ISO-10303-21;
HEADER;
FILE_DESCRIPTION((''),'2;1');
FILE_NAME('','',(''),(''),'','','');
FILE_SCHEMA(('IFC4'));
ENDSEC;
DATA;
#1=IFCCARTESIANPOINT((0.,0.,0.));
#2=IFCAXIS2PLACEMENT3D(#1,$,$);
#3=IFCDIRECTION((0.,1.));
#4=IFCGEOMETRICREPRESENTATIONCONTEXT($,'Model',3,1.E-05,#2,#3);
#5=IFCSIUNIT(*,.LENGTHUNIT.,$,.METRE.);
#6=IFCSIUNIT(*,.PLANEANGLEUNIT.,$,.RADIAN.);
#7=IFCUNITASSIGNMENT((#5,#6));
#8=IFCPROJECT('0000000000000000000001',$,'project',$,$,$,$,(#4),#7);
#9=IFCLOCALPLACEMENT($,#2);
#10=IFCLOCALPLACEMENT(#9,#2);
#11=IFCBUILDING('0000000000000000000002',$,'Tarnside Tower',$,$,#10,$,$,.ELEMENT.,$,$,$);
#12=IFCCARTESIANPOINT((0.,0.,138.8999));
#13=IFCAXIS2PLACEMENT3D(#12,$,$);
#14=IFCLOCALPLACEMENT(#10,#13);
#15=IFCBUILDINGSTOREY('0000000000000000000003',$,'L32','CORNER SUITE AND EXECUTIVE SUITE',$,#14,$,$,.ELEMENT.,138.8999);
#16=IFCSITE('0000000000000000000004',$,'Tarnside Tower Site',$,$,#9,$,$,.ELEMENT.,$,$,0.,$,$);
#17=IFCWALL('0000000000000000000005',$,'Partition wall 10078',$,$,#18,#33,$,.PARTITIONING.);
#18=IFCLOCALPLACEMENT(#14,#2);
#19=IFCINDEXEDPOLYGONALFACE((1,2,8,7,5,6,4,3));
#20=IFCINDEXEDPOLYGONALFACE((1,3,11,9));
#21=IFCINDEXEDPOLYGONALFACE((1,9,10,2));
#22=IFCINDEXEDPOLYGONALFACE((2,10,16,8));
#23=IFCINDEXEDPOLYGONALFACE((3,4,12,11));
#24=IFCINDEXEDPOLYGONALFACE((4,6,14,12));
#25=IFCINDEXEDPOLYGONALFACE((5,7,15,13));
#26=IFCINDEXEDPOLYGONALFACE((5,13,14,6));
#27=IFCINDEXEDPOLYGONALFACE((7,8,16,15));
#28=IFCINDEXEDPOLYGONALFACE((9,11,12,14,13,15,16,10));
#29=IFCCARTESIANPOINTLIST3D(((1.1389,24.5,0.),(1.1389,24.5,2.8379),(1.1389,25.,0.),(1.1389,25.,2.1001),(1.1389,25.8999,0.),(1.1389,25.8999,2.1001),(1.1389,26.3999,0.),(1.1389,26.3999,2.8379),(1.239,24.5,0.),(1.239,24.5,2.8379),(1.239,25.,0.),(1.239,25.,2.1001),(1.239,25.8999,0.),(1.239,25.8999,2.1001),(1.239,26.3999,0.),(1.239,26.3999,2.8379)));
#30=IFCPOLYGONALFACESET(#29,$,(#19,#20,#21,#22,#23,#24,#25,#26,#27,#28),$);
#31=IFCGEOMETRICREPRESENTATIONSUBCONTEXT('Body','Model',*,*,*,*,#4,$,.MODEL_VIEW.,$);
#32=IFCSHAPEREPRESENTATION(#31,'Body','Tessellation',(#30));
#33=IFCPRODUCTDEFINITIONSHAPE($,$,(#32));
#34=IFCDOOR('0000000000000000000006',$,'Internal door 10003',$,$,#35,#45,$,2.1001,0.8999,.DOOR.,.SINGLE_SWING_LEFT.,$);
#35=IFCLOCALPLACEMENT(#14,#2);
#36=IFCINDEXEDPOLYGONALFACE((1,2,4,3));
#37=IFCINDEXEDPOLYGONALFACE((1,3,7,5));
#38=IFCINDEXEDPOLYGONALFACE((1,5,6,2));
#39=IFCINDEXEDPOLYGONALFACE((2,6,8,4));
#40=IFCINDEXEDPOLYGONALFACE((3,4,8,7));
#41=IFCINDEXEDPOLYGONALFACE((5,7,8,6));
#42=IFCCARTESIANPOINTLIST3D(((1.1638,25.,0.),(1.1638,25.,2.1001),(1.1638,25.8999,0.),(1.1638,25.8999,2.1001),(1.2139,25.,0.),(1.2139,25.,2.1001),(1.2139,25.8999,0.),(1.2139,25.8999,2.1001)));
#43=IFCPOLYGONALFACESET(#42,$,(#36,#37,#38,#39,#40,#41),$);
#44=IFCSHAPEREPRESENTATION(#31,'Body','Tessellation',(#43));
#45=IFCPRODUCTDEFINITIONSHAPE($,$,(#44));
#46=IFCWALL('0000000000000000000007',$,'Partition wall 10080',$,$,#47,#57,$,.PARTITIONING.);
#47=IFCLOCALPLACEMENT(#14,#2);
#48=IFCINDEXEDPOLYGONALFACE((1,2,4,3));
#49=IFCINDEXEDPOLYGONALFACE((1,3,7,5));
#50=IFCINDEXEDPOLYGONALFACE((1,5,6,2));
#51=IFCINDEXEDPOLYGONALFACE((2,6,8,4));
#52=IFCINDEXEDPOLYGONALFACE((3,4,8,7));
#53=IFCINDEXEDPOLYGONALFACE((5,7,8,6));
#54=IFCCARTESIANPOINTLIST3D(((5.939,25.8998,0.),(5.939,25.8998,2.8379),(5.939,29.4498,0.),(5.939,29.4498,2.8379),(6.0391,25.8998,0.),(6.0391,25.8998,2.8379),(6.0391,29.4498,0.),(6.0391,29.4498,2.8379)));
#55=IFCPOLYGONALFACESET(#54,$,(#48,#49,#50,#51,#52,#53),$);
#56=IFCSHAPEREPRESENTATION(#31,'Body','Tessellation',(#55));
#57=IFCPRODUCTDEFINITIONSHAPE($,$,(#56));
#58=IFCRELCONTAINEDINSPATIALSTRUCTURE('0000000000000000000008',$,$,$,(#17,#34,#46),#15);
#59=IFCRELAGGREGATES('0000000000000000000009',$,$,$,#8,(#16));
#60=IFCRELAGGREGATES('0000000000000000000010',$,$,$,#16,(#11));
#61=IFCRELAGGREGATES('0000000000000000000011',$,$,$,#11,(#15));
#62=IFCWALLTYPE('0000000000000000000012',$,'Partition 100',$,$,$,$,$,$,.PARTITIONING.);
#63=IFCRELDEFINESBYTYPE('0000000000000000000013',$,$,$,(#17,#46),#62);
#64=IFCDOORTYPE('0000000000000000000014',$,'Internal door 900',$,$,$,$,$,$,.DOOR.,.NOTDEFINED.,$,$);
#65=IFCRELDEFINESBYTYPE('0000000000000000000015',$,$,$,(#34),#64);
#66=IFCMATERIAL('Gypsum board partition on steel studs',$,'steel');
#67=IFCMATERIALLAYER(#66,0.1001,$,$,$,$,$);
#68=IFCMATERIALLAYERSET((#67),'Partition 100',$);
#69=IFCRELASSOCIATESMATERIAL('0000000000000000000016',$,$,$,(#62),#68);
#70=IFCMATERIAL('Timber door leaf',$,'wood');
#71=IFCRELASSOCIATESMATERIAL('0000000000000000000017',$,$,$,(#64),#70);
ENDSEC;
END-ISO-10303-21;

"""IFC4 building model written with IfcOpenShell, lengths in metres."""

from ifc_helpers import new_model, si_unit, direction, frame, frame_2d, origin, place, context, subcontext, project, spatial, rectangle, extrude, material, layer, layer_set, type_object, element, fill, save


model = new_model("IFC4")

# Units and contexts
model_context = context("Model", 3, precision=1e-05, world=origin(), true_north=direction((0.0, 1.0)))
body_context = subcontext(model_context, "Body", "Model", "MODEL_VIEW")
ifc_project = project(units=[si_unit("LENGTHUNIT", "METRE"), si_unit("PLANEANGLEUNIT", "RADIAN")], contexts=[model_context])

# Site, building, storey
site_placement = place(None, origin())
site = spatial("IfcSite", under=ifc_project, at=site_placement, Name="Tarnside Tower Site", CompositionType="ELEMENT", RefElevation=0.0)
building_placement = place(site_placement, origin())
building = spatial("IfcBuilding", under=site, at=building_placement, Name="Tarnside Tower", CompositionType="ELEMENT")
storey_placement = place(building_placement, frame((0.0, 0.0, 138.8999)))
storey = spatial("IfcBuildingStorey", under=building, at=storey_placement, Name="L32", Description="CORNER SUITE AND EXECUTIVE SUITE", CompositionType="ELEMENT", Elevation=138.8999)

# Shared definitions
ifc_material_1 = material(Name="Gypsum board partition on steel studs", Category="steel")
ifc_material_2 = material(Name="Timber door leaf", Category="wood")

# Wall, opening, door
ifc_layer_1 = layer(ifc_material_1, 0.1001)
ifc_layer_set_1 = layer_set([ifc_layer_1], Name="Partition 100")
wall_type_1 = type_object("IfcWallType", Name="Partition 100", PredefinedType="PARTITIONING", material=ifc_layer_set_1)
wall_1_placement = place(storey_placement, frame((1.189, 26.3999, 0.0), z_axis=(0.0, 0.0, 1.0), x_axis=(0.0, -1.0, 0.0)))
wall_1 = element("IfcWall", 1, at=wall_1_placement, inside=storey, type_object=wall_type_1, Name="Partition wall 10078", PredefinedType="PARTITIONING", context=body_context, shape_type="SweptSolid", body=[
    extrude(rectangle(XDim=1.8999, YDim=0.1001, at=frame_2d((0.95, 0.0))), origin(), (0.0, 0.0, 1.0), 2.8379),
])
opening_1_placement = place(wall_1_placement, frame((0.5, 0.0, 0.0)))
opening_1 = element("IfcOpeningElement", 2, at=opening_1_placement, cuts=wall_1, PredefinedType="OPENING", context=body_context, shape_type="SweptSolid", body=[
    extrude(rectangle(XDim=0.8999, YDim=2.1001, at=frame_2d((0.45, 1.05))), frame((0.0, 0.0601, 0.0), z_axis=(0.0, -1.0, 0.0), x_axis=(1.0, 0.0, 0.0)), (0.0, 0.0, 1.0), 0.1201),
])
door_type_1 = type_object("IfcDoorType", Name="Internal door 900", OperationType="NOTDEFINED", PredefinedType="DOOR", material=ifc_material_2)
door_1_placement = place(opening_1_placement, origin())
door_1 = element("IfcDoor", 3, at=door_1_placement, inside=storey, type_object=door_type_1, Name="Internal door 10003", OperationType="SINGLE_SWING_LEFT", OverallHeight=2.1001, OverallWidth=0.8999, PredefinedType="DOOR", context=body_context, shape_type="SweptSolid", body=[
    extrude(rectangle(XDim=0.8999, YDim=2.1001, at=frame_2d((0.45, 1.05))), frame((0.0, 0.0249, 0.0), z_axis=(0.0, -1.0, 0.0), x_axis=(1.0, 0.0, 0.0)), (0.0, 0.0, 1.0), 0.05),
])
fill(opening_1, door_1)

# Wall
wall_2_placement = place(storey_placement, frame((5.989, 25.8999, 0.0), z_axis=(0.0, 0.0, 1.0), x_axis=(0.0, 1.0, 0.0)))
element("IfcWall", 4, at=wall_2_placement, inside=storey, type_object=wall_type_1, Name="Partition wall 10080", PredefinedType="PARTITIONING", context=body_context, shape_type="SweptSolid", body=[
    extrude(rectangle(XDim=3.55, YDim=0.1001, at=frame_2d((1.7749, 0.0))), origin(), (0.0, 0.0, 1.0), 2.8379),
])

save(model, "model.ifc")
